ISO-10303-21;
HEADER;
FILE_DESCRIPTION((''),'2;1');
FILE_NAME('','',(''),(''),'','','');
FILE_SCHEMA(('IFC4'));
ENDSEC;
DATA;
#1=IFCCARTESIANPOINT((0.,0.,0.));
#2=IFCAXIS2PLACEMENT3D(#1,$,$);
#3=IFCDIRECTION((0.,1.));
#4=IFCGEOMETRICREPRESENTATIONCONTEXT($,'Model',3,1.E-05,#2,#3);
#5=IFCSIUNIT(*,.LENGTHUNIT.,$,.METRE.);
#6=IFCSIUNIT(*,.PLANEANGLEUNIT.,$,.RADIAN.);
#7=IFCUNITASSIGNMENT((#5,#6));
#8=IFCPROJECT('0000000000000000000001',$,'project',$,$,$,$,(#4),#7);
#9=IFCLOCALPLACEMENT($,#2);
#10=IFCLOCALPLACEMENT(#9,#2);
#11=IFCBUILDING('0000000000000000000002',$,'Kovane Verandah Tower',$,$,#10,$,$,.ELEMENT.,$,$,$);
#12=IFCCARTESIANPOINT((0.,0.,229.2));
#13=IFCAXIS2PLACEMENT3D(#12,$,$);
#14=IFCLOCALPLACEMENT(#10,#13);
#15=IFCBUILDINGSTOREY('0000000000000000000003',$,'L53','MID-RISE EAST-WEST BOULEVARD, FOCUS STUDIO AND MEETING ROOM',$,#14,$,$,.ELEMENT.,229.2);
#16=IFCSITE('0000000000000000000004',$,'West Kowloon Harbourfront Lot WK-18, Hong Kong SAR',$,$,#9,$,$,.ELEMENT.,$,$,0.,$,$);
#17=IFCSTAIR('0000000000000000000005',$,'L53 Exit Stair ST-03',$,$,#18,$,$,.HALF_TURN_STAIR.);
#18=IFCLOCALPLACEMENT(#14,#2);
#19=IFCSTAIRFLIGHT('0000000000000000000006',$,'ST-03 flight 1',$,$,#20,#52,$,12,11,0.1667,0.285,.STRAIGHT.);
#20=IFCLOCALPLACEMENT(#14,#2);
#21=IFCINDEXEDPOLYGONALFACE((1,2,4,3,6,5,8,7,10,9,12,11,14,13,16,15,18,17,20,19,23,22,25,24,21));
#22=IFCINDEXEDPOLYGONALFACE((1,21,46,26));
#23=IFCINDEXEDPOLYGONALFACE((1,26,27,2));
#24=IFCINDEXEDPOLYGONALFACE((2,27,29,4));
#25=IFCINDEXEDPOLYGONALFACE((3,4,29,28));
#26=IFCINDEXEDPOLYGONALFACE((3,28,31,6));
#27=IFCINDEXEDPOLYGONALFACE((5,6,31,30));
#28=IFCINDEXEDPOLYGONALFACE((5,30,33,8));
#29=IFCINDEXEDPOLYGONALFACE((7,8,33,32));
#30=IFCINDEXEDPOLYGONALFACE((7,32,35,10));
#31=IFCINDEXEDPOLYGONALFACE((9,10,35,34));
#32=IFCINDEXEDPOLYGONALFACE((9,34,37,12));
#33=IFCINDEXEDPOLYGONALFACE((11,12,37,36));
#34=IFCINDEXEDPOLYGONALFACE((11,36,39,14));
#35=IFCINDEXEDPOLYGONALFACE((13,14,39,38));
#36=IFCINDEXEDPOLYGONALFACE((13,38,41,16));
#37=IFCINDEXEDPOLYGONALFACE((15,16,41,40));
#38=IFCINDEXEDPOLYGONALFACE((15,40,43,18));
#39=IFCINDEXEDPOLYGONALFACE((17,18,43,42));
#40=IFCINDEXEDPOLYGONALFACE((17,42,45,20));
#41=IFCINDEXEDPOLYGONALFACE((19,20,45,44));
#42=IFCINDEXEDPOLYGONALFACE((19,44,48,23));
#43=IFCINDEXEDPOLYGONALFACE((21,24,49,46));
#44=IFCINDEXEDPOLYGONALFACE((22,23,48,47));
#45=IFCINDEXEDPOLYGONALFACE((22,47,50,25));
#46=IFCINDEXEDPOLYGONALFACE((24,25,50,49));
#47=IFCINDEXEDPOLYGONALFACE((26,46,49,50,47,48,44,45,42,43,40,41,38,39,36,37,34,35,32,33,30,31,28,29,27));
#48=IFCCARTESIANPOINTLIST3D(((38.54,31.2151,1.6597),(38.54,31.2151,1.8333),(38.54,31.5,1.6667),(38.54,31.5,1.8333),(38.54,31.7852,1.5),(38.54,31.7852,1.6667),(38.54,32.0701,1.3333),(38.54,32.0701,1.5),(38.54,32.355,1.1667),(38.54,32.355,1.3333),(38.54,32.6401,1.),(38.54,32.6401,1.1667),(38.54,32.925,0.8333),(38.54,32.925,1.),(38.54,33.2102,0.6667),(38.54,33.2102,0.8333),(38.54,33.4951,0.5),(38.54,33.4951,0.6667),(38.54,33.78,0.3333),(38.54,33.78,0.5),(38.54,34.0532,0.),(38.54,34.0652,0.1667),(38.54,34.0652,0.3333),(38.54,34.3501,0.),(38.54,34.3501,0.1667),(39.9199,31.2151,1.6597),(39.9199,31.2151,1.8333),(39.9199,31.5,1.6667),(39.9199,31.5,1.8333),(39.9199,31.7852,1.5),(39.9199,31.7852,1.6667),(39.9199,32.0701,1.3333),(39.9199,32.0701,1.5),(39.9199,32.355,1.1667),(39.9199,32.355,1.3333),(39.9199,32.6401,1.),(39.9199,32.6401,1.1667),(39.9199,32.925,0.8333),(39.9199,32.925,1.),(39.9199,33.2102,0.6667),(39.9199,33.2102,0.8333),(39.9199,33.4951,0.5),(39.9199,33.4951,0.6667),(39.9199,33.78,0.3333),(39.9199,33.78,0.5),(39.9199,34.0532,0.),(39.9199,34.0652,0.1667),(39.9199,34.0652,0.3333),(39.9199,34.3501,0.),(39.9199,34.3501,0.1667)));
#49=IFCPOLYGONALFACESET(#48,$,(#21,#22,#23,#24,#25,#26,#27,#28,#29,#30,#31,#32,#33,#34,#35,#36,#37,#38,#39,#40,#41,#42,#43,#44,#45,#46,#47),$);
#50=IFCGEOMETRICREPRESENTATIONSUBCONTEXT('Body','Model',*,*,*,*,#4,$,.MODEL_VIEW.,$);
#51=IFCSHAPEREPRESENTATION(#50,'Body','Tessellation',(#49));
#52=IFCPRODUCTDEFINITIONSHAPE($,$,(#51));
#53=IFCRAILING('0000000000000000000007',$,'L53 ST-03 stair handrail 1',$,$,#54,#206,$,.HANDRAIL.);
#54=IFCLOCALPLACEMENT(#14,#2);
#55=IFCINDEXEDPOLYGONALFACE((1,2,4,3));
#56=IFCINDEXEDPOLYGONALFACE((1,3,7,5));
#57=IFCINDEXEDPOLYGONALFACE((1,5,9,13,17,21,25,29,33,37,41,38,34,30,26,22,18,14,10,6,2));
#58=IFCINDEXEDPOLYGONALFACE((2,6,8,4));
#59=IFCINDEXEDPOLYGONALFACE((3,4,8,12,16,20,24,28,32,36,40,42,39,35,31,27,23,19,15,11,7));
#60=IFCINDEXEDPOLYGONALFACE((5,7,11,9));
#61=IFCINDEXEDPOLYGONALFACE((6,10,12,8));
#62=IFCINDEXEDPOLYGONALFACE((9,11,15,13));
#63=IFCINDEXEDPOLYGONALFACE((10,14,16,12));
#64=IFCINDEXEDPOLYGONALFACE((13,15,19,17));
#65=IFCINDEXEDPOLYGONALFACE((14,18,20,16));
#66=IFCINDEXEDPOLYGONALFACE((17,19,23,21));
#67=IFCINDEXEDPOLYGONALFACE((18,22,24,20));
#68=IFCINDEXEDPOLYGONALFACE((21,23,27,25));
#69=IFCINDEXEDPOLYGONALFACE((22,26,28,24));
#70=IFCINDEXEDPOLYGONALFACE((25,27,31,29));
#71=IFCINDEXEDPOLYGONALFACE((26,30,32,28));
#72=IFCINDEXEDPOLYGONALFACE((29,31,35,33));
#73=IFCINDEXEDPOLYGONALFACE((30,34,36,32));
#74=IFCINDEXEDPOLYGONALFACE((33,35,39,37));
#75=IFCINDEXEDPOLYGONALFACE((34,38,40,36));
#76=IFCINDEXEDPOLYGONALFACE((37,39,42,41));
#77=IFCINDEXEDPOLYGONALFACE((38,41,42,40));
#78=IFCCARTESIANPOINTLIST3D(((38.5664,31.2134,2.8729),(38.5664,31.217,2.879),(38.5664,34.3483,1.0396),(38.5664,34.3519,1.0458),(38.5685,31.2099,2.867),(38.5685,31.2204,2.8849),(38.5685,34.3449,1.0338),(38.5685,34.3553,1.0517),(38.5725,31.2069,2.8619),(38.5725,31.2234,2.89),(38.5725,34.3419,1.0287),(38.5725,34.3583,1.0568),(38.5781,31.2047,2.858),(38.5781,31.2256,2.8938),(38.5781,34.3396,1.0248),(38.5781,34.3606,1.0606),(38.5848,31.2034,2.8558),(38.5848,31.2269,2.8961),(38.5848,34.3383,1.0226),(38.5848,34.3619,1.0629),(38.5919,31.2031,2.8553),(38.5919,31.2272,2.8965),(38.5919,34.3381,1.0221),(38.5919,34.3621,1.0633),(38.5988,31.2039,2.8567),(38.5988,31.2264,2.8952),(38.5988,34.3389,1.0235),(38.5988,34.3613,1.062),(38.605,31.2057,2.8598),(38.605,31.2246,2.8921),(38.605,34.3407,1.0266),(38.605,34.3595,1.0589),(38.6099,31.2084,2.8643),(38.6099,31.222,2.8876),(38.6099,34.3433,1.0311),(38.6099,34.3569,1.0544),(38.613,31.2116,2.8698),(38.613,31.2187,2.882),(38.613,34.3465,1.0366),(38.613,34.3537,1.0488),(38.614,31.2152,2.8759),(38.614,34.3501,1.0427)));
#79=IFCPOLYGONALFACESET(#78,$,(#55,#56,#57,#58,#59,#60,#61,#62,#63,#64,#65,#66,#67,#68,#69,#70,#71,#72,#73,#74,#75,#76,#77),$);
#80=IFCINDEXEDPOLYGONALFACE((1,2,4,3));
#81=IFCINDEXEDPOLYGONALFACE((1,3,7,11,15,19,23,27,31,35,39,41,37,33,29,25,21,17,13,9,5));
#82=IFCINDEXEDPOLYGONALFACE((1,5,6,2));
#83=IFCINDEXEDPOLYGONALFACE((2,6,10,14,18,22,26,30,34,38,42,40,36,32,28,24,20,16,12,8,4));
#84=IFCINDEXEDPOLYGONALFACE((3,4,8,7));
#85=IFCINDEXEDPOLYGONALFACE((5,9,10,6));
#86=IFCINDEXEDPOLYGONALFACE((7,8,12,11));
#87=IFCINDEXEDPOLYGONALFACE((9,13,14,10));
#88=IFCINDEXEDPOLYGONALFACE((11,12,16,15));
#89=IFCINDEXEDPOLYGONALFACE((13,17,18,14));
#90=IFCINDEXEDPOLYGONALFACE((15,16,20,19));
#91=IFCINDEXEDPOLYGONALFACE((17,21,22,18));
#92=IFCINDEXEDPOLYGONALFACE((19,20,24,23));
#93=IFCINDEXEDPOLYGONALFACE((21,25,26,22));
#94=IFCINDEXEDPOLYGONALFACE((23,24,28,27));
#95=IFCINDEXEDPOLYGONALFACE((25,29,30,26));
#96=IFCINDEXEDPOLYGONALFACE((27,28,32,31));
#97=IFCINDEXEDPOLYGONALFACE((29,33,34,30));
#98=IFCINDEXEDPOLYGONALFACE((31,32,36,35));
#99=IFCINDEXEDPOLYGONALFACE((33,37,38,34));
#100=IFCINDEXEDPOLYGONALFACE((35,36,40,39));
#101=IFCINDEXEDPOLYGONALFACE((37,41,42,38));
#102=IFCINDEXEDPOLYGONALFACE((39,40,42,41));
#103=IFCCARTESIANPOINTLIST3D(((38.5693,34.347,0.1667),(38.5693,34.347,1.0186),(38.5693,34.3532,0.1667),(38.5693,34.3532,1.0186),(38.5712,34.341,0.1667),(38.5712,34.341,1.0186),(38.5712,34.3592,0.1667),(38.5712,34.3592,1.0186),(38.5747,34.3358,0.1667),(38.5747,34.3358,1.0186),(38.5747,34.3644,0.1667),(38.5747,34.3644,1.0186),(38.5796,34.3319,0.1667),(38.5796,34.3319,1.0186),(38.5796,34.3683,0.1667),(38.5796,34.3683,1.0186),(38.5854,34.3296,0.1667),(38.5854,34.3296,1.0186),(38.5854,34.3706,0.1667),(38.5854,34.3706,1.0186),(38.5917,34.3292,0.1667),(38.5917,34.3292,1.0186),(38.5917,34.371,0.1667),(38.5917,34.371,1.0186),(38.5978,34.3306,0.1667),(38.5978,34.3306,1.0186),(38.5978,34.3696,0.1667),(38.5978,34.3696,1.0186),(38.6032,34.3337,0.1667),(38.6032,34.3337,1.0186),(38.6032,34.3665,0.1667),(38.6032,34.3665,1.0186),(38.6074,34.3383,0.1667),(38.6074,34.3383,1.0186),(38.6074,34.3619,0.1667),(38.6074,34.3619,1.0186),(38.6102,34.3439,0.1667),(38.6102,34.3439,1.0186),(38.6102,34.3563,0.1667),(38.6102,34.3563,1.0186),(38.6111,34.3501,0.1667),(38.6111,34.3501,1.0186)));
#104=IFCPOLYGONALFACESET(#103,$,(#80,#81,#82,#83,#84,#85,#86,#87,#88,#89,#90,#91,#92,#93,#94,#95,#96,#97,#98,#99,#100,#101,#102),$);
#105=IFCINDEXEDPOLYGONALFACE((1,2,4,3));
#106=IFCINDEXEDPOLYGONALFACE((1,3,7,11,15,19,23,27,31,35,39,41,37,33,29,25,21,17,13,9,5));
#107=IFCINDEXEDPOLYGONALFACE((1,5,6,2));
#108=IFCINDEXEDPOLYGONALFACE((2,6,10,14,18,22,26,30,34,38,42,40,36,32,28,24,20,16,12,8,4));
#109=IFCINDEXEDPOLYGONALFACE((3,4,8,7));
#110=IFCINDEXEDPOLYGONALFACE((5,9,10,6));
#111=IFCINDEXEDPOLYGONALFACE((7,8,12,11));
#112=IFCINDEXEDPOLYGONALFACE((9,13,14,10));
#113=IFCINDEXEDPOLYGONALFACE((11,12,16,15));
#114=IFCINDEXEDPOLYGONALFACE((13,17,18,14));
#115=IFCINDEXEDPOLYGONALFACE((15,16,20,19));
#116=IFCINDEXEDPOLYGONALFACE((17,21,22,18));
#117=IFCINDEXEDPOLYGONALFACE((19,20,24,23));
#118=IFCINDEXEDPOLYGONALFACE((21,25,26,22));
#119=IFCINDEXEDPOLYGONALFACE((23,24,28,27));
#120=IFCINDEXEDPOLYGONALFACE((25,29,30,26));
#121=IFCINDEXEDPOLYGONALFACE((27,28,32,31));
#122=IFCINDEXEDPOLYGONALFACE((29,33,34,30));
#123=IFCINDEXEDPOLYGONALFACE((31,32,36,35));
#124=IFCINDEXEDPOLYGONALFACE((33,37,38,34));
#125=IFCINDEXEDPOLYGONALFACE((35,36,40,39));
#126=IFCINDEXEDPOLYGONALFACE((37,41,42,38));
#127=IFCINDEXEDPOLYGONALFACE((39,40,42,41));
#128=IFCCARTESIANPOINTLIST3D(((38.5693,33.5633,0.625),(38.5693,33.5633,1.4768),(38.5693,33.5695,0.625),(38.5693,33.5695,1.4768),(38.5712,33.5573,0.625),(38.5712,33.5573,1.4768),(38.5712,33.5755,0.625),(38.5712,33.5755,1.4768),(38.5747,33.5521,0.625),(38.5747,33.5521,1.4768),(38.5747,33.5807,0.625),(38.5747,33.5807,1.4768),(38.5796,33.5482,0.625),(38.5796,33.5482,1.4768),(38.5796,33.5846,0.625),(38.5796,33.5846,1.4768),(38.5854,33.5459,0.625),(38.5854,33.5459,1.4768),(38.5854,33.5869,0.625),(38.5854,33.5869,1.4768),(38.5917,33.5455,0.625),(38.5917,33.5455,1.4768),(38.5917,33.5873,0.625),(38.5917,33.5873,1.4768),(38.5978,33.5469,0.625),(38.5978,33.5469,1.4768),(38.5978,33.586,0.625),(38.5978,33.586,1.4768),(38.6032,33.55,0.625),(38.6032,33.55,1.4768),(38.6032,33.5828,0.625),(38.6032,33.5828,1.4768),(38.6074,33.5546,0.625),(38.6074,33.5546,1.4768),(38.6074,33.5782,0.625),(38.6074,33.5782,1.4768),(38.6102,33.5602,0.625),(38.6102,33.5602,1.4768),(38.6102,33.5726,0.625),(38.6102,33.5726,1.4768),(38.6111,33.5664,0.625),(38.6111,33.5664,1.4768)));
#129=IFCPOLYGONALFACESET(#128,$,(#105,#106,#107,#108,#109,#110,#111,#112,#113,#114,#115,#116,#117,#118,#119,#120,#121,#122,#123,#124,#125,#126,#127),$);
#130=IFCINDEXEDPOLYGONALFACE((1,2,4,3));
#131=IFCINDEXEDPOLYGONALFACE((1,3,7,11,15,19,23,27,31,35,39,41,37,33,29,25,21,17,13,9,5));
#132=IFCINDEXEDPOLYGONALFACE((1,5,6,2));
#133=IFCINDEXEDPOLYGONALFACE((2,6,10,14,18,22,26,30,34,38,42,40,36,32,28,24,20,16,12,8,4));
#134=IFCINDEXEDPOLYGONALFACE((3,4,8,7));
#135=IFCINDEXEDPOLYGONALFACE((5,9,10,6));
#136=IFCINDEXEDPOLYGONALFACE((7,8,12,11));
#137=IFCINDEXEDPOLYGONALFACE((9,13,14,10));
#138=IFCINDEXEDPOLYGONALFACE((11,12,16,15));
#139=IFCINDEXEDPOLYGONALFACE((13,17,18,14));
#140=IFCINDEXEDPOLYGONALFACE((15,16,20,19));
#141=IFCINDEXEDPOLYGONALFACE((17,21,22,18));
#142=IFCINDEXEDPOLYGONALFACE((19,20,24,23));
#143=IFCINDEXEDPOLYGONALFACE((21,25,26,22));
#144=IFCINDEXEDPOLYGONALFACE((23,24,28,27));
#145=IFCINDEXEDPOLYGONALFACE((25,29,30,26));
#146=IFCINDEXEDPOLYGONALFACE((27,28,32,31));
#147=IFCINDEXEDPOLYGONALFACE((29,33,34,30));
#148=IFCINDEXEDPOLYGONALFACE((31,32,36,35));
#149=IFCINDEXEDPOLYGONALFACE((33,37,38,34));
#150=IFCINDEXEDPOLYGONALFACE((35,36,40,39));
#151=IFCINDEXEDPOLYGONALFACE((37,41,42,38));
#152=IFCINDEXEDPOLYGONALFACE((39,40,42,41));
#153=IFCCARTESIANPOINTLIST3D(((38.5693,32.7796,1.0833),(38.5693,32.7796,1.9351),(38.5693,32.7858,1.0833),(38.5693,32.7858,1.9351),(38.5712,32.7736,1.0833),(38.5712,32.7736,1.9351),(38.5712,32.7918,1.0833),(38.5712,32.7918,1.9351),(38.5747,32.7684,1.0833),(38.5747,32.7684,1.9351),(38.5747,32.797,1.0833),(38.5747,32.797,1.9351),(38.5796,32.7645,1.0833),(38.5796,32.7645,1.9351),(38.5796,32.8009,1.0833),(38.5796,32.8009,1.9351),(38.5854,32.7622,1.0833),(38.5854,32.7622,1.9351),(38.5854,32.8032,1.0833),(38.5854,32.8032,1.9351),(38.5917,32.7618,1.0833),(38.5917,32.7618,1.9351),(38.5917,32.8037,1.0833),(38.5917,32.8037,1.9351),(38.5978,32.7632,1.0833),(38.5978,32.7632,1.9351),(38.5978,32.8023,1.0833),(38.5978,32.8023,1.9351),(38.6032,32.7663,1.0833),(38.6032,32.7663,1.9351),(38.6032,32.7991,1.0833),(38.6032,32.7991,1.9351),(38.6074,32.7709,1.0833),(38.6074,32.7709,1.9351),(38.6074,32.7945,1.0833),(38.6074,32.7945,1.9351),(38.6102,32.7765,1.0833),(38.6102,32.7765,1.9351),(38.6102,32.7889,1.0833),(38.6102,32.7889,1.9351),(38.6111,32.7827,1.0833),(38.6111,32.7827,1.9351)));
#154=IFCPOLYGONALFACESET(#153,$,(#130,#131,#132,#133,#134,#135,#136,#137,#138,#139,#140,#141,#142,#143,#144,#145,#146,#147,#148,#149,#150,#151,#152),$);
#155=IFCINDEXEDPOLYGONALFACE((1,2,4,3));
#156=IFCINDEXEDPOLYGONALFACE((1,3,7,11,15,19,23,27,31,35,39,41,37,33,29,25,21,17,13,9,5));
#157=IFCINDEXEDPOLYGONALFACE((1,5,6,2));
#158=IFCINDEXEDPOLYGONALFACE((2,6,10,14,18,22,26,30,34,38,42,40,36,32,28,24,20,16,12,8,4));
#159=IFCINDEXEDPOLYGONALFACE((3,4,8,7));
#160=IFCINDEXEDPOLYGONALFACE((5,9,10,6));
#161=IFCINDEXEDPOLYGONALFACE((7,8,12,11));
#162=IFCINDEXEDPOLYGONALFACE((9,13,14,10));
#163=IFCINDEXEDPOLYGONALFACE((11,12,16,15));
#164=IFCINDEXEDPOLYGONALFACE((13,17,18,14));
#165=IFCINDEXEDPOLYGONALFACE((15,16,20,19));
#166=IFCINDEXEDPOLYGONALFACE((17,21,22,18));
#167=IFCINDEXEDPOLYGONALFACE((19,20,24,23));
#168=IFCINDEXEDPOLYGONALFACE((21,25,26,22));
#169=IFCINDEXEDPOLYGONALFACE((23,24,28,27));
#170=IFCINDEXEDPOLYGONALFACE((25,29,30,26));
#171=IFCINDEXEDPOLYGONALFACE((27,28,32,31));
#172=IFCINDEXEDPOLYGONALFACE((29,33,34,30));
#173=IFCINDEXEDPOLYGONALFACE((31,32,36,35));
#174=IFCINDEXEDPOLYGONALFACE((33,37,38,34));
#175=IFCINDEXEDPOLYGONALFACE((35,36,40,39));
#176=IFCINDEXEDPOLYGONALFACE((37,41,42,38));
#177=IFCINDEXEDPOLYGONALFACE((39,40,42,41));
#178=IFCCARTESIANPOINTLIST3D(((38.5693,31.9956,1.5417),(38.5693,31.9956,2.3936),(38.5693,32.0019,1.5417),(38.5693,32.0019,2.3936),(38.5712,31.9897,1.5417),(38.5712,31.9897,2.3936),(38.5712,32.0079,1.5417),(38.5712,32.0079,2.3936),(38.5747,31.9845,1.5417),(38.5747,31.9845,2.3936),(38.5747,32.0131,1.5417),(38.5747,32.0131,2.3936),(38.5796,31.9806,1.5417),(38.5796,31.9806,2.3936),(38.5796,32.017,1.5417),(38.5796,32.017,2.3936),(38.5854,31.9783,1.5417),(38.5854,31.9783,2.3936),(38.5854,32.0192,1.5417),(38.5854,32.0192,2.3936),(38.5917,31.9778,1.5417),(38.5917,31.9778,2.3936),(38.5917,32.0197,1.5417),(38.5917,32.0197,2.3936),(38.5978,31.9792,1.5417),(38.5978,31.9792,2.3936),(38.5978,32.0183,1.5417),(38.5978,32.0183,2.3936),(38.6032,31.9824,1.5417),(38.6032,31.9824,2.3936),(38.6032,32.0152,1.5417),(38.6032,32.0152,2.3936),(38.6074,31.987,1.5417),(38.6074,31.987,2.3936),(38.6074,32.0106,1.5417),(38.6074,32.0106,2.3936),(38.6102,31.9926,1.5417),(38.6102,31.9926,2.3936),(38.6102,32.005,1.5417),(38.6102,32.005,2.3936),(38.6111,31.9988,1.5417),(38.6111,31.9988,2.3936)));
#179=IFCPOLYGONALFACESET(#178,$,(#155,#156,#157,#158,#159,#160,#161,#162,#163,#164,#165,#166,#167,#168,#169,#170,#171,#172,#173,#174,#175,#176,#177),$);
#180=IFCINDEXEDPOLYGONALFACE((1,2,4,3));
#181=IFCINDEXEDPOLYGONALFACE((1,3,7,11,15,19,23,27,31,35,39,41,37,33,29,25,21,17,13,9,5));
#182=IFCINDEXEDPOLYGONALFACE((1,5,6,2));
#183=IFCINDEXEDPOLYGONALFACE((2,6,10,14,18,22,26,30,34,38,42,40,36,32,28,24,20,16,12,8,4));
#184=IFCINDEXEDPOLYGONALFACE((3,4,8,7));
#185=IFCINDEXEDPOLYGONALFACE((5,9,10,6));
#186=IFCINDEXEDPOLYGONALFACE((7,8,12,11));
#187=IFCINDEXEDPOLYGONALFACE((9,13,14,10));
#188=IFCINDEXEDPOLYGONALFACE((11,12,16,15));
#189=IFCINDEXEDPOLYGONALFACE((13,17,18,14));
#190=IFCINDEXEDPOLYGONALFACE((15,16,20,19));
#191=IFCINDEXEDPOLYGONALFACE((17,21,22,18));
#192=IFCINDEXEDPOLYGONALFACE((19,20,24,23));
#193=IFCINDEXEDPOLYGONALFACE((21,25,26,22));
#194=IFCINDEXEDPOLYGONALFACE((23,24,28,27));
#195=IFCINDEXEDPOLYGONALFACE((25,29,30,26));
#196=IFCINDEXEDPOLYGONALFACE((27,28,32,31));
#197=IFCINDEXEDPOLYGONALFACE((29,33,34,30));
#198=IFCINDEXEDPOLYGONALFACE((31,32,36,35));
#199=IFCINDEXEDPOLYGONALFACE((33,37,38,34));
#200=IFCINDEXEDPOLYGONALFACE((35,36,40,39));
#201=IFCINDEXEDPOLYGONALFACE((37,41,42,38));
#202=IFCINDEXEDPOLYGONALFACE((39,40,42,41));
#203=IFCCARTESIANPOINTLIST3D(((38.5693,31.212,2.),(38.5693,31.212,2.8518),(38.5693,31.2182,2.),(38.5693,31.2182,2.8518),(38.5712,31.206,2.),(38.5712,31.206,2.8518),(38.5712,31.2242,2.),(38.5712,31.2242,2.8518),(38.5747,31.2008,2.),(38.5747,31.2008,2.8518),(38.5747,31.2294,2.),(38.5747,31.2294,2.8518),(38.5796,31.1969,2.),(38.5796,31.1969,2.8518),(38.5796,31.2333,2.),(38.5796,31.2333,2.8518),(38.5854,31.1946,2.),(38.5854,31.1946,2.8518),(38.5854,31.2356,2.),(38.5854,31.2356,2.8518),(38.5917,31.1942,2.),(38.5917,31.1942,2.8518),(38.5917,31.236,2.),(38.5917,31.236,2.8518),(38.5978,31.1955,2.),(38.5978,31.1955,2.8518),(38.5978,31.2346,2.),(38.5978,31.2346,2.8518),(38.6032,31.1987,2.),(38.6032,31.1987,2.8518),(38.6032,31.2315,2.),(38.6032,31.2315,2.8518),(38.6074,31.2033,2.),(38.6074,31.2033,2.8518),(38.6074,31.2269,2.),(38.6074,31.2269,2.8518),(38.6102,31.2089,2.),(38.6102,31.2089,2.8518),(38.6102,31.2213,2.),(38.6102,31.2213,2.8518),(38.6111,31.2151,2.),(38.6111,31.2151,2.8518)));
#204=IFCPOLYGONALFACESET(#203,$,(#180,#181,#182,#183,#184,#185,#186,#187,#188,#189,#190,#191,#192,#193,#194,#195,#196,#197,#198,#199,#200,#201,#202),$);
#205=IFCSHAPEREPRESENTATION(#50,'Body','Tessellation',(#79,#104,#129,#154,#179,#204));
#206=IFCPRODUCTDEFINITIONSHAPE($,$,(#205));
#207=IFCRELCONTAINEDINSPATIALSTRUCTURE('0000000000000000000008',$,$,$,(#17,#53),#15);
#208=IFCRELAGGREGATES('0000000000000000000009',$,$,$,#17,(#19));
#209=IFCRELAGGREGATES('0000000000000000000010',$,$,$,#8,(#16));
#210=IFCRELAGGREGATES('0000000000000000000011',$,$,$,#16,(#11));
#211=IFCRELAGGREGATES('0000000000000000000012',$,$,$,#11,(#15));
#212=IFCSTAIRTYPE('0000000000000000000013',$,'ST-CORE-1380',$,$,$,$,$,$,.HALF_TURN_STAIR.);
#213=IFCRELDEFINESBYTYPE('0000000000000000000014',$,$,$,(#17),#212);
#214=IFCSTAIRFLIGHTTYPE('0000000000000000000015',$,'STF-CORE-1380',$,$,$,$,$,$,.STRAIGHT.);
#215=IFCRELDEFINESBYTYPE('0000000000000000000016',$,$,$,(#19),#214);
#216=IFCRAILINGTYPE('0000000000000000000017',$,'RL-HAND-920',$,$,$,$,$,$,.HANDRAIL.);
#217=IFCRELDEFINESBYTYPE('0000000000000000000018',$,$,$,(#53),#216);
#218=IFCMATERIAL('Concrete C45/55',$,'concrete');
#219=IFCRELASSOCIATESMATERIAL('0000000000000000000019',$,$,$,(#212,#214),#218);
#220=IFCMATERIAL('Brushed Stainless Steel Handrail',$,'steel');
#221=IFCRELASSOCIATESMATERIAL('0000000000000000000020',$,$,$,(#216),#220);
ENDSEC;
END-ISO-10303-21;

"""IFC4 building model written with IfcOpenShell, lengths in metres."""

from ifc_helpers import new_model, si_unit, direction, frame, origin, origin_2d, place, context, subcontext, project, spatial, polyline, circle, outline, extrude, material, type_object, element, aggregate, save


model = new_model("IFC4")

# Units and contexts
model_context = context("Model", 3, precision=1e-05, world=origin(), true_north=direction((0.0, 1.0)))
body_context = subcontext(model_context, "Body", "Model", "MODEL_VIEW")
ifc_project = project(units=[si_unit("LENGTHUNIT", "METRE"), si_unit("PLANEANGLEUNIT", "RADIAN")], contexts=[model_context])

# Site, building, storey
site_placement = place(None, origin())
site = spatial("IfcSite", under=ifc_project, at=site_placement, Name="West Kowloon Harbourfront Lot WK-18, Hong Kong SAR", CompositionType="ELEMENT", RefElevation=0.0)
building_placement = place(site_placement, origin())
building = spatial("IfcBuilding", under=site, at=building_placement, Name="Kovane Verandah Tower", CompositionType="ELEMENT")
storey_placement = place(building_placement, frame((0.0, 0.0, 229.2)))
storey = spatial("IfcBuildingStorey", under=building, at=storey_placement, Name="L53", Description="MID-RISE EAST-WEST BOULEVARD, FOCUS STUDIO AND MEETING ROOM", CompositionType="ELEMENT", Elevation=229.2)

# Shared definitions
ifc_material_1 = material(Name="Concrete C45/55", Category="concrete")

# Stair, stair flight
stair_type = type_object("IfcStairType", Name="ST-CORE-1380", PredefinedType="HALF_TURN_STAIR", material=ifc_material_1)
stair_placement = place(storey_placement, origin())
stair = element("IfcStair", 1, at=stair_placement, inside=storey, type_object=stair_type, Name="L53 Exit Stair ST-03", PredefinedType="HALF_TURN_STAIR")
stair_flight_type = type_object("IfcStairFlightType", Name="STF-CORE-1380", PredefinedType="STRAIGHT", material=ifc_material_1)
stair_flight_placement = place(storey_placement, frame((39.23, 34.3501, 0.0), z_axis=(0.0, 0.0, 1.0), x_axis=(0.0, -1.0, 0.0)))
stair_flight = element("IfcStairFlight", 2, at=stair_flight_placement, type_object=stair_flight_type, Name="ST-03 flight 1", NumberOfRisers=12, NumberOfTreads=11, PredefinedType="STRAIGHT", RiserHeight=0.1667, TreadLength=0.285, context=body_context, shape_type="SweptSolid", body=[
    extrude(outline(polyline([(0.0, 0.0), (0.0, 0.1667), (0.2849, 0.1667), (0.2849, 0.3333), (0.5701, 0.3333), (0.5701, 0.5), (0.855, 0.5), (0.855, 0.6667), (1.1399, 0.6667), (1.1399, 0.8333), (1.425, 0.8333), (1.425, 1.0), (1.71, 1.0), (1.71, 1.1667), (1.9951, 1.1667), (1.9951, 1.3333), (2.28, 1.3333), (2.28, 1.5), (2.5649, 1.5), (2.5649, 1.6667), (2.8501, 1.6667), (2.8501, 1.8333), (3.135, 1.8333), (3.135, 2.0), (3.135, 1.6597), (0.2969, 0.0), (0.0, 0.0)])), frame((0.0, 0.6899, 0.0), z_axis=(0.0, -1.0, 0.0), x_axis=(1.0, 0.0, 0.0)), (0.0, 0.0, 1.0), 1.3799),
])
aggregate(stair, [stair_flight])

# Railing
ifc_material_2 = material(Name="Brushed Stainless Steel Handrail", Category="steel")
railing_type_1 = type_object("IfcRailingType", Name="RL-HAND-920", PredefinedType="HANDRAIL", material=ifc_material_2)
railing_1_placement = place(storey_placement, frame((38.5901, 34.3501, 0.1667)))
element("IfcRailing", 3, at=railing_1_placement, inside=storey, type_object=railing_type_1, Name="L53 ST-03 stair handrail 1", PredefinedType="HANDRAIL", context=body_context, shape_type="SweptSolid", body=[
    extrude(circle(Radius=0.0239, at=origin_2d()), frame((0.0, 0.0, 0.876), z_axis=(0.0, -0.86324, 0.504794), x_axis=(1.0, 0.0, 0.0)), (0.0, 0.0, 1.0), 3.6316),
    extrude(circle(Radius=0.021, at=origin_2d()), origin(), (0.0, 0.0, 1.0), 0.8518),
    extrude(circle(Radius=0.021, at=origin_2d()), frame((0.0, -0.7837, 0.4583)), (0.0, 0.0, 1.0), 0.8518),
    extrude(circle(Radius=0.021, at=origin_2d()), frame((0.0, -1.5674, 0.9165)), (0.0, 0.0, 1.0), 0.8518),
    extrude(circle(Radius=0.021, at=origin_2d()), frame((0.0, -2.3513, 1.375)), (0.0, 0.0, 1.0), 0.8518),
    extrude(circle(Radius=0.021, at=origin_2d()), frame((0.0, -3.135, 1.8333)), (0.0, 0.0, 1.0), 0.8518),
])

save(model, "model.ifc")
